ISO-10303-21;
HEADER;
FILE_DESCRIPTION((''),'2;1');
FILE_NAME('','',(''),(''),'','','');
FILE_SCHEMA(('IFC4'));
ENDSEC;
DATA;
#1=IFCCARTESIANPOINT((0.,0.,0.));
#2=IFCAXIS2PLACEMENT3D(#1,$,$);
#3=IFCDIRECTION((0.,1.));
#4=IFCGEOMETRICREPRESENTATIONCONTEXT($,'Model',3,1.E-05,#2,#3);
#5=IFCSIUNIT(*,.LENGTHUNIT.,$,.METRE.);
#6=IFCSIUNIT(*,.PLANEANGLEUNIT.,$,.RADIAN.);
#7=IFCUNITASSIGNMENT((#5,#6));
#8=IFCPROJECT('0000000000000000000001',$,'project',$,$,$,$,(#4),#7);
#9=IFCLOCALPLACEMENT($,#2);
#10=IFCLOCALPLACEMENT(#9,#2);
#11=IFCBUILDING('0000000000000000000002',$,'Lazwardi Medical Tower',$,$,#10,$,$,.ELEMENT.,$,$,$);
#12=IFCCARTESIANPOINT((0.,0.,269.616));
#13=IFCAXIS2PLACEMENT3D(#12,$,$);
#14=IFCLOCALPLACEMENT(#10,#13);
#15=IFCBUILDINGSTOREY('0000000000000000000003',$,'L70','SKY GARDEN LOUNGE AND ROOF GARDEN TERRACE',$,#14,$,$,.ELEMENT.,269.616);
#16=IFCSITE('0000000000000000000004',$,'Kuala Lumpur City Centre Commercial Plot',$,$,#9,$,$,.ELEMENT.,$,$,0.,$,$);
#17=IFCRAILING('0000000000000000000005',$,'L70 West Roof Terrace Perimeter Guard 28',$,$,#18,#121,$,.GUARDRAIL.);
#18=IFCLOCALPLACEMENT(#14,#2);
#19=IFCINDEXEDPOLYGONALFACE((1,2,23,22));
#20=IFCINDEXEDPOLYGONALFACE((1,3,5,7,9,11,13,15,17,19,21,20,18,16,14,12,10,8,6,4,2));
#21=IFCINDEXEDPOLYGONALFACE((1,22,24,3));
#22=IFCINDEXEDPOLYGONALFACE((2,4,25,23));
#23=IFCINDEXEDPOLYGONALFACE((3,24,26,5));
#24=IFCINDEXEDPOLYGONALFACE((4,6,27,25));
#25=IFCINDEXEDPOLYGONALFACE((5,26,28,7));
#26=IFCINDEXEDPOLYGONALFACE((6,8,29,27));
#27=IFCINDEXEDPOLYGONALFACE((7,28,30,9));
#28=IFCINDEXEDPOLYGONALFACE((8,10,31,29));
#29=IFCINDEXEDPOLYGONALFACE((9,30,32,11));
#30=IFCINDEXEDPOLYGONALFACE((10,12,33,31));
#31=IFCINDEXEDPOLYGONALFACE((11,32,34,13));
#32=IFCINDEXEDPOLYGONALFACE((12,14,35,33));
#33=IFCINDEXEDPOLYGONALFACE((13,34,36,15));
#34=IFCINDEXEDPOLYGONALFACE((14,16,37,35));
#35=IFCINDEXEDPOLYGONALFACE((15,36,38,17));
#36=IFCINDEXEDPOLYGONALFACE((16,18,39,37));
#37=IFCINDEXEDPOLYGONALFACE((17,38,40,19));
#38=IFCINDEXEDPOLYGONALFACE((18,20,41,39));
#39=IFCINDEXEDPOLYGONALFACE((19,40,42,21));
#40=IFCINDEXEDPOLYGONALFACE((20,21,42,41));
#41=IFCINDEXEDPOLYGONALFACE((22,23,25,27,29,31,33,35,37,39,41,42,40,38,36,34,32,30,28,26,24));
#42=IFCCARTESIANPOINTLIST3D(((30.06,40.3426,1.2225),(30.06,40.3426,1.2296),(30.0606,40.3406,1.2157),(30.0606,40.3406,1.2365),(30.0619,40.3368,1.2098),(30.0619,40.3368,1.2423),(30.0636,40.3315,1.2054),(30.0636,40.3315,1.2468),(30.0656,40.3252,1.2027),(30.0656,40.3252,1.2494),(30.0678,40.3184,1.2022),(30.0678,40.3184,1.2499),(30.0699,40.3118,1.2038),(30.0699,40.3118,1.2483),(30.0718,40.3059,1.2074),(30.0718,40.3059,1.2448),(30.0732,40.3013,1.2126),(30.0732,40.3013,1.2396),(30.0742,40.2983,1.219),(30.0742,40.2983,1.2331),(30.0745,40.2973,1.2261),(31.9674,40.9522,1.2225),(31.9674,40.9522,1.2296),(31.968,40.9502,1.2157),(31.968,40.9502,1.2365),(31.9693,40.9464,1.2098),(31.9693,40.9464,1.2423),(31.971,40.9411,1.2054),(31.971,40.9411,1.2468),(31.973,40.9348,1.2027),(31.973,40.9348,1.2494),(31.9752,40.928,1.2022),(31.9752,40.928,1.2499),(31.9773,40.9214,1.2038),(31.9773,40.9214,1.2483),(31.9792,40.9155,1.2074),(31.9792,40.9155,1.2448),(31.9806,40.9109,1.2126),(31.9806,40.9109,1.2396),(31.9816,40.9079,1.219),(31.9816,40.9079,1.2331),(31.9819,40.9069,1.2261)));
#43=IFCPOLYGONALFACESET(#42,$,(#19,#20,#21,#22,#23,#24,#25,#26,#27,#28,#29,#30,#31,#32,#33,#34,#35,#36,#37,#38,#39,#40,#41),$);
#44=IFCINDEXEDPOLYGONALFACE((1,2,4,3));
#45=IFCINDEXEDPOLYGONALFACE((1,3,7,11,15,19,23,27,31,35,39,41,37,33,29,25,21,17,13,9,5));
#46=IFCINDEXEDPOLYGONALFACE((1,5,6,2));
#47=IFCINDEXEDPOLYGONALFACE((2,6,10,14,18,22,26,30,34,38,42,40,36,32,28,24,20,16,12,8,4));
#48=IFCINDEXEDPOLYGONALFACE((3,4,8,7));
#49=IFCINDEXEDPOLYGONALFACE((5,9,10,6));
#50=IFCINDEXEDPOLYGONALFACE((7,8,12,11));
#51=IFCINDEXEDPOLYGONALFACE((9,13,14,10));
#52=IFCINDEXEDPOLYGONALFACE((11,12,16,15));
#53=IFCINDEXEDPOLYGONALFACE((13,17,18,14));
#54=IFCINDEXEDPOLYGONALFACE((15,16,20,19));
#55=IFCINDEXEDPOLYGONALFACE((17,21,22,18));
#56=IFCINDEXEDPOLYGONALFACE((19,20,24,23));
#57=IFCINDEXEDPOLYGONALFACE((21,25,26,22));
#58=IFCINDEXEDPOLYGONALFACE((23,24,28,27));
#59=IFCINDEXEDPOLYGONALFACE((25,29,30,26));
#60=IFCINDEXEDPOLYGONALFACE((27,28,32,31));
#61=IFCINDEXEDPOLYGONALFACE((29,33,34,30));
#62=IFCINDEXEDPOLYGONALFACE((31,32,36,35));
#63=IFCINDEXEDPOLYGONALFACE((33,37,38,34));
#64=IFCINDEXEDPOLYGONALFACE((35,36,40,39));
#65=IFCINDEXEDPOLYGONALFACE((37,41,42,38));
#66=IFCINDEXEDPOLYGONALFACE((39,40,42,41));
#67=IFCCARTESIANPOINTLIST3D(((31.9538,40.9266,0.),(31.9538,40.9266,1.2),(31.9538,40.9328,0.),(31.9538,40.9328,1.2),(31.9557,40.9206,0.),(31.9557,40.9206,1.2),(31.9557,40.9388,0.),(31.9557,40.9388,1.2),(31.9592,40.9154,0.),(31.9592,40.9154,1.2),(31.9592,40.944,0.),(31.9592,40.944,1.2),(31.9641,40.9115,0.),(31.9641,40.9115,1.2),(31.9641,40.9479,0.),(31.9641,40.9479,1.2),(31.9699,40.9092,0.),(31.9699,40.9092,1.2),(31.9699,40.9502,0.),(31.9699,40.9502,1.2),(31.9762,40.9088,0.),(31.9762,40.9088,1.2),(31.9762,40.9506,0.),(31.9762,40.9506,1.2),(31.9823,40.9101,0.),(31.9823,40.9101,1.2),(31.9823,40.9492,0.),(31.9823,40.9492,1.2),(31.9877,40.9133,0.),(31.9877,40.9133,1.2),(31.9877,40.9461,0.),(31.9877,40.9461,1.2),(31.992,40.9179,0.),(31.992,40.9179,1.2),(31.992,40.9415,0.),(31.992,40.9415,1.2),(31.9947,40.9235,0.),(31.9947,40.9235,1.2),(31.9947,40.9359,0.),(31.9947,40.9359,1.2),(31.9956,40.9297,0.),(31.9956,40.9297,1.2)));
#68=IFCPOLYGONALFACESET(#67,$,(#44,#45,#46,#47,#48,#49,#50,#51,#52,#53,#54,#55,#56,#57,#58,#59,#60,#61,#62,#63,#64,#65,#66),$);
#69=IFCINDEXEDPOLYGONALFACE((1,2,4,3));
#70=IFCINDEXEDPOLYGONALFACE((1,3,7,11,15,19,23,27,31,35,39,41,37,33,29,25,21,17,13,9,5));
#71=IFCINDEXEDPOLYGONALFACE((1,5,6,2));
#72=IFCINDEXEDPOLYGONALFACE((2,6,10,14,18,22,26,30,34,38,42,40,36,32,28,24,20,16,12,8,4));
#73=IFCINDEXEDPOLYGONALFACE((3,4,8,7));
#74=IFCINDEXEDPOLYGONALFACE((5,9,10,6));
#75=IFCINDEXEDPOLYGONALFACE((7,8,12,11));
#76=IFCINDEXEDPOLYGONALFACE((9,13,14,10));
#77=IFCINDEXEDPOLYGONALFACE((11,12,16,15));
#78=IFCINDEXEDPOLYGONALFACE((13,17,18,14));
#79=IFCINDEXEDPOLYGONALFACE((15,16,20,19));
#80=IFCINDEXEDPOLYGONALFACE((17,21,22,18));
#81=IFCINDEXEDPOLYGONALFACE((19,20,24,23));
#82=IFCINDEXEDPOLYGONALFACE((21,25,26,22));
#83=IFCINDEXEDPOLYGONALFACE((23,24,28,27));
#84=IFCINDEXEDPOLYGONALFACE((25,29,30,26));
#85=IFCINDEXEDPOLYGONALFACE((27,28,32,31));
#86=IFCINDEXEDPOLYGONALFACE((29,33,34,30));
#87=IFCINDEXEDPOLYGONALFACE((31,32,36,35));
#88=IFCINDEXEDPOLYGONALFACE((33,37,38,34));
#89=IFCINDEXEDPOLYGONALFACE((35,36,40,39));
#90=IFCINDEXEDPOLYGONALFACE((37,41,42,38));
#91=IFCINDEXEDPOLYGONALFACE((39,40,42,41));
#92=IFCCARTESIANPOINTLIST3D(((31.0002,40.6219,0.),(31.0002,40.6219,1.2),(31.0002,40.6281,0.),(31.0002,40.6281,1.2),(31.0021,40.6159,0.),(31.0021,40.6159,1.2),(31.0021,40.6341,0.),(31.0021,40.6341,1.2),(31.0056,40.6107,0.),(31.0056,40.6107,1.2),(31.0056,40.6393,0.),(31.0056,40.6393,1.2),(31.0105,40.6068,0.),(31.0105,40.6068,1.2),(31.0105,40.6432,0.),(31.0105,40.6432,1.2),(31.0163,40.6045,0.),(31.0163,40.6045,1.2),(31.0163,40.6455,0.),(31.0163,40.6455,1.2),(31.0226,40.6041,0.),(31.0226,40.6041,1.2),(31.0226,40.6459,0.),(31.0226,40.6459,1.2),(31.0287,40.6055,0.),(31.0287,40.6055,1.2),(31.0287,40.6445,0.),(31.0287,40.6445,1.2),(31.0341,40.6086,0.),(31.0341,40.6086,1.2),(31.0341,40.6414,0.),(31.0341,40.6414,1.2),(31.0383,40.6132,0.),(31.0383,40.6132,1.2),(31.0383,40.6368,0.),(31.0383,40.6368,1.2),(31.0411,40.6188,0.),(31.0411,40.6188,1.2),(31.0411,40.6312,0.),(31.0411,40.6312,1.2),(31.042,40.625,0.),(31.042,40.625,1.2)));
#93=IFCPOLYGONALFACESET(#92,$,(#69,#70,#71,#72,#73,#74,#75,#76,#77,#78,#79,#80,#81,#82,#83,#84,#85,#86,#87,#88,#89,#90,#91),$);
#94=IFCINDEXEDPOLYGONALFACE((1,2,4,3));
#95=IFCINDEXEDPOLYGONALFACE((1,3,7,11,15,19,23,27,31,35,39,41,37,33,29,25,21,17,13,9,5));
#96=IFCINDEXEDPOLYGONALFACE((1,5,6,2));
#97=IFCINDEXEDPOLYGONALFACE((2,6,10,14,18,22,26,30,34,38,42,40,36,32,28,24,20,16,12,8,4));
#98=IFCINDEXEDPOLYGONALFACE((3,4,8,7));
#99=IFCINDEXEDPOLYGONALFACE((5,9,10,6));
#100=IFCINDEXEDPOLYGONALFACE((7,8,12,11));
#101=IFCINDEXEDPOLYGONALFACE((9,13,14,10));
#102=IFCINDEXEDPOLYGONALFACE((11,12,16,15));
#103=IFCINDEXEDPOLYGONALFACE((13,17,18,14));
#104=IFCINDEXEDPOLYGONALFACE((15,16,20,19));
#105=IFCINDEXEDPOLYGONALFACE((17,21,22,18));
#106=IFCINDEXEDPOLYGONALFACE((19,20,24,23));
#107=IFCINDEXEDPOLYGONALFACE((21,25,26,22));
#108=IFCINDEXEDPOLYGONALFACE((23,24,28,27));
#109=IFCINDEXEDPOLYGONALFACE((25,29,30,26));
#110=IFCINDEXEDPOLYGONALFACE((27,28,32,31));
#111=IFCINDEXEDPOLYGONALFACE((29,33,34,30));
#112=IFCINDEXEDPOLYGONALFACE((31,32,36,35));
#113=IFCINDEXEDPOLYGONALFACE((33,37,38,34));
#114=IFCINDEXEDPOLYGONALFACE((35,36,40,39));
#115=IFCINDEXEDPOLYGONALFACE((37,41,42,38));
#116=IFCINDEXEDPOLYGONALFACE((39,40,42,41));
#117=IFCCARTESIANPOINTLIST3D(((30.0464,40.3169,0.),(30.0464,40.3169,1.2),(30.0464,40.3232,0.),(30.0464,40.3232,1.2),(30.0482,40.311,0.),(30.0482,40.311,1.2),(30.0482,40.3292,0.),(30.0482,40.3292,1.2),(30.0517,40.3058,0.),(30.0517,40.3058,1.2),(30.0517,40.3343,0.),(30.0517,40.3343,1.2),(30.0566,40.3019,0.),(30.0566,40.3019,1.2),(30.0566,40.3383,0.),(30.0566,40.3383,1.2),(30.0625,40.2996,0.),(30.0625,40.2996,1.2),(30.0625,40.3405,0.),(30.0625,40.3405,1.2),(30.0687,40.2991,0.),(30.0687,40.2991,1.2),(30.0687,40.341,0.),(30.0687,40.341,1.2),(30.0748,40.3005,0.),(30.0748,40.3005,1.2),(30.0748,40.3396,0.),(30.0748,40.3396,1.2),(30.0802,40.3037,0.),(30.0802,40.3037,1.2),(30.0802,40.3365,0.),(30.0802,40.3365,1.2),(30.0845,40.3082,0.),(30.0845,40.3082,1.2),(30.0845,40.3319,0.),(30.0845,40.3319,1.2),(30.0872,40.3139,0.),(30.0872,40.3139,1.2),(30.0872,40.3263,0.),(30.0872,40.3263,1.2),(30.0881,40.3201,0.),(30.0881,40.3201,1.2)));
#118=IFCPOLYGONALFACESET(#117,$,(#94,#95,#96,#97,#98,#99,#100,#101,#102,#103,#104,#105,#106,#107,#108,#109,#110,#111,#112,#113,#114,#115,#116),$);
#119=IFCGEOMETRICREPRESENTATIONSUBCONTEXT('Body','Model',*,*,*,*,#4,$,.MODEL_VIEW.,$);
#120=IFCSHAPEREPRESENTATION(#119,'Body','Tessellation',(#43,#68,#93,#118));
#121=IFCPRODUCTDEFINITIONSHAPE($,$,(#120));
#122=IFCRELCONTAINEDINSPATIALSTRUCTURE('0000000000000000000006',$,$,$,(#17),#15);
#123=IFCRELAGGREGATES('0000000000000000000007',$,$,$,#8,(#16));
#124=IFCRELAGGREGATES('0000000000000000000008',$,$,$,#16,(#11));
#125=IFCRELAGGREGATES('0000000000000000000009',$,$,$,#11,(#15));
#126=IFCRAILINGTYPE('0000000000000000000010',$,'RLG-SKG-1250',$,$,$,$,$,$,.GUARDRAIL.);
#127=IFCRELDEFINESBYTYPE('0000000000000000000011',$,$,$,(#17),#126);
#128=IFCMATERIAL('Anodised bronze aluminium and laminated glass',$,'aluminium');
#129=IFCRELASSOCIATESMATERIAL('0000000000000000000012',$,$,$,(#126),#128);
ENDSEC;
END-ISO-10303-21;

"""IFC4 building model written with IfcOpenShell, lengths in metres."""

from ifc_helpers import new_model, si_unit, direction, frame, origin, origin_2d, place, context, subcontext, project, spatial, circle, extrude, material, type_object, element, save


model = new_model("IFC4")

# Units and contexts
model_context = context("Model", 3, precision=1e-05, world=origin(), true_north=direction((0.0, 1.0)))
body_context = subcontext(model_context, "Body", "Model", "MODEL_VIEW")
ifc_project = project(units=[si_unit("LENGTHUNIT", "METRE"), si_unit("PLANEANGLEUNIT", "RADIAN")], contexts=[model_context])

# Site, building, storey
site_placement = place(None, origin())
site = spatial("IfcSite", under=ifc_project, at=site_placement, Name="Kuala Lumpur City Centre Commercial Plot", CompositionType="ELEMENT", RefElevation=0.0)
building_placement = place(site_placement, origin())
building = spatial("IfcBuilding", under=site, at=building_placement, Name="Lazwardi Medical Tower", CompositionType="ELEMENT")
storey_placement = place(building_placement, frame((0.0, 0.0, 269.616)))
storey = spatial("IfcBuildingStorey", under=building, at=storey_placement, Name="L70", Description="SKY GARDEN LOUNGE AND ROOF GARDEN TERRACE", CompositionType="ELEMENT", Elevation=269.616)

# Railing
ifc_material_1 = material(Name="Anodised bronze aluminium and laminated glass", Category="aluminium")
railing_type = type_object("IfcRailingType", Name="RLG-SKG-1250", PredefinedType="GUARDRAIL", material=ifc_material_1)
railing_1_placement = place(storey_placement, frame((31.9746, 40.9297, 0.0)))
element("IfcRailing", 1, at=railing_1_placement, inside=storey, type_object=railing_type, Name="L70 West Roof Terrace Perimeter Guard 28", PredefinedType="GUARDRAIL", context=body_context, shape_type="SweptSolid", body=[
    extrude(circle(Radius=0.0239, at=origin_2d()), frame((0.0, 0.0, 1.2261), z_axis=(-0.952536, -0.304426, 0.0), x_axis=(0.304426, -0.952536, 0.0)), (0.0, 0.0, 1.0), 2.0024),
    extrude(circle(Radius=0.021, at=origin_2d()), origin(), (0.0, 0.0, 1.0), 1.2),
    extrude(circle(Radius=0.021, at=origin_2d()), frame((-0.9536, -0.3047, 0.0)), (0.0, 0.0, 1.0), 1.2),
    extrude(circle(Radius=0.021, at=origin_2d()), frame((-1.9075, -0.6096, 0.0)), (0.0, 0.0, 1.0), 1.2),
])

save(model, "model.ifc")
